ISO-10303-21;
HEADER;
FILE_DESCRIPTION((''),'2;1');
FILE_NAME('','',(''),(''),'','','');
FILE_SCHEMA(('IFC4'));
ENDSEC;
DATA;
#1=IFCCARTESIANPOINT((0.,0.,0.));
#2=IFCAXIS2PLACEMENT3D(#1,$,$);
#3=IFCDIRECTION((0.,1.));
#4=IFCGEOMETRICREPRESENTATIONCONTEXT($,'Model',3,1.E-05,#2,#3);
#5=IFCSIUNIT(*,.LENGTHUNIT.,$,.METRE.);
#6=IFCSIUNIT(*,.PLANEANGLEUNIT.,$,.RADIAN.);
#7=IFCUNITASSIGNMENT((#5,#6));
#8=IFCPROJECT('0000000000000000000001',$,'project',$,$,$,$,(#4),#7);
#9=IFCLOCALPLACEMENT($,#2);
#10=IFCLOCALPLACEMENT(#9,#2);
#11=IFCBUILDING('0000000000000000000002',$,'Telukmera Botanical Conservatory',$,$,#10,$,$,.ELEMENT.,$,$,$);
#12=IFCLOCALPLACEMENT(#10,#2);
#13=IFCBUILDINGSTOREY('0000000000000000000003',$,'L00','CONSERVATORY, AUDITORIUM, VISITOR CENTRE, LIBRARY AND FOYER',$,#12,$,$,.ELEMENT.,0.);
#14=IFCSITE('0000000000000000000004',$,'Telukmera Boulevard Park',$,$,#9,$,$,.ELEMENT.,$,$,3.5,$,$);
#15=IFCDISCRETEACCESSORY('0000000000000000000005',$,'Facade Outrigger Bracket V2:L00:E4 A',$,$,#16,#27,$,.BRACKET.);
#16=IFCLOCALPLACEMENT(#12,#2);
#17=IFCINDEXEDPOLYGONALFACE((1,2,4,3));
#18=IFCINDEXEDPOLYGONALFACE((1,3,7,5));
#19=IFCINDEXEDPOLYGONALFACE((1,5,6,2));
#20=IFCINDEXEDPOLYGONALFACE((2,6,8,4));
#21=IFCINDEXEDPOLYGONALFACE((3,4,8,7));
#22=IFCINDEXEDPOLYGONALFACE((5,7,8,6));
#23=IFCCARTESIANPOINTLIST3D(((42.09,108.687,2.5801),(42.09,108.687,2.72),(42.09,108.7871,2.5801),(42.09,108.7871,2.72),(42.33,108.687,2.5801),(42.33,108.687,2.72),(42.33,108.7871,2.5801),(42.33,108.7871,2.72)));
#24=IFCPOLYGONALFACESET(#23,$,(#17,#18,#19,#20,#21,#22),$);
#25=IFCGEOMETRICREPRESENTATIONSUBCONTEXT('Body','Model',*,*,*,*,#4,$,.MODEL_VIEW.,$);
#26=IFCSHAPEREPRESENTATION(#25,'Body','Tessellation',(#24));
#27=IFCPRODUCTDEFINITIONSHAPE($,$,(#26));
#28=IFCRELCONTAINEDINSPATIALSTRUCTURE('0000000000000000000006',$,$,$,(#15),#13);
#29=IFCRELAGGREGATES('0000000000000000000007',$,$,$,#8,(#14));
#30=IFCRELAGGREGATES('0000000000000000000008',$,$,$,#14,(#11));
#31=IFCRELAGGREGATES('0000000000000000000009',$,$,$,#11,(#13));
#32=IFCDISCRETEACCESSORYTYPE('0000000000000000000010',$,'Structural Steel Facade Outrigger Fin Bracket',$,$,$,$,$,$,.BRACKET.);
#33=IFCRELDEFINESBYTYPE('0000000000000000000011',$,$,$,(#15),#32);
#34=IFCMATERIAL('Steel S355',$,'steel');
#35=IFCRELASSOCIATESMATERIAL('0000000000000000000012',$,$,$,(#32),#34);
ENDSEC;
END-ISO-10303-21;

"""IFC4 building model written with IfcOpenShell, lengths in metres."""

from ifc_helpers import new_model, si_unit, direction, frame, origin, origin_2d, place, context, subcontext, project, spatial, rectangle, extrude, material, type_object, element, save


model = new_model("IFC4")

# Units and contexts
model_context = context("Model", 3, precision=1e-05, world=origin(), true_north=direction((0.0, 1.0)))
body_context = subcontext(model_context, "Body", "Model", "MODEL_VIEW")
ifc_project = project(units=[si_unit("LENGTHUNIT", "METRE"), si_unit("PLANEANGLEUNIT", "RADIAN")], contexts=[model_context])

# Site, building, storey
site_placement = place(None, origin())
site = spatial("IfcSite", under=ifc_project, at=site_placement, Name="Telukmera Boulevard Park", CompositionType="ELEMENT", RefElevation=3.5)
building_placement = place(site_placement, origin())
building = spatial("IfcBuilding", under=site, at=building_placement, Name="Telukmera Botanical Conservatory", CompositionType="ELEMENT")
storey_placement = place(building_placement, origin())
storey = spatial("IfcBuildingStorey", under=building, at=storey_placement, Name="L00", Description="CONSERVATORY, AUDITORIUM, VISITOR CENTRE, LIBRARY AND FOYER", CompositionType="ELEMENT", Elevation=0.0)

# Shared definitions
ifc_material_1 = material(Name="Steel S355", Category="steel")

# Discrete accessory
discrete_accessory_type = type_object("IfcDiscreteAccessoryType", Name="Structural Steel Facade Outrigger Fin Bracket", PredefinedType="BRACKET", material=ifc_material_1)
discrete_accessory_placement = place(storey_placement, frame((42.21, 108.7371, 2.5801), z_axis=(0.0, 0.0, 1.0), x_axis=(0.0, 1.0, 0.0)))
element("IfcDiscreteAccessory", 1, at=discrete_accessory_placement, inside=storey, type_object=discrete_accessory_type, Name="Facade Outrigger Bracket V2:L00:E4 A", PredefinedType="BRACKET", context=body_context, shape_type="SweptSolid", body=[
    extrude(rectangle(XDim=0.1001, YDim=0.24, at=origin_2d()), origin(), (0.0, 0.0, 1.0), 0.1399),
])

save(model, "model.ifc")
